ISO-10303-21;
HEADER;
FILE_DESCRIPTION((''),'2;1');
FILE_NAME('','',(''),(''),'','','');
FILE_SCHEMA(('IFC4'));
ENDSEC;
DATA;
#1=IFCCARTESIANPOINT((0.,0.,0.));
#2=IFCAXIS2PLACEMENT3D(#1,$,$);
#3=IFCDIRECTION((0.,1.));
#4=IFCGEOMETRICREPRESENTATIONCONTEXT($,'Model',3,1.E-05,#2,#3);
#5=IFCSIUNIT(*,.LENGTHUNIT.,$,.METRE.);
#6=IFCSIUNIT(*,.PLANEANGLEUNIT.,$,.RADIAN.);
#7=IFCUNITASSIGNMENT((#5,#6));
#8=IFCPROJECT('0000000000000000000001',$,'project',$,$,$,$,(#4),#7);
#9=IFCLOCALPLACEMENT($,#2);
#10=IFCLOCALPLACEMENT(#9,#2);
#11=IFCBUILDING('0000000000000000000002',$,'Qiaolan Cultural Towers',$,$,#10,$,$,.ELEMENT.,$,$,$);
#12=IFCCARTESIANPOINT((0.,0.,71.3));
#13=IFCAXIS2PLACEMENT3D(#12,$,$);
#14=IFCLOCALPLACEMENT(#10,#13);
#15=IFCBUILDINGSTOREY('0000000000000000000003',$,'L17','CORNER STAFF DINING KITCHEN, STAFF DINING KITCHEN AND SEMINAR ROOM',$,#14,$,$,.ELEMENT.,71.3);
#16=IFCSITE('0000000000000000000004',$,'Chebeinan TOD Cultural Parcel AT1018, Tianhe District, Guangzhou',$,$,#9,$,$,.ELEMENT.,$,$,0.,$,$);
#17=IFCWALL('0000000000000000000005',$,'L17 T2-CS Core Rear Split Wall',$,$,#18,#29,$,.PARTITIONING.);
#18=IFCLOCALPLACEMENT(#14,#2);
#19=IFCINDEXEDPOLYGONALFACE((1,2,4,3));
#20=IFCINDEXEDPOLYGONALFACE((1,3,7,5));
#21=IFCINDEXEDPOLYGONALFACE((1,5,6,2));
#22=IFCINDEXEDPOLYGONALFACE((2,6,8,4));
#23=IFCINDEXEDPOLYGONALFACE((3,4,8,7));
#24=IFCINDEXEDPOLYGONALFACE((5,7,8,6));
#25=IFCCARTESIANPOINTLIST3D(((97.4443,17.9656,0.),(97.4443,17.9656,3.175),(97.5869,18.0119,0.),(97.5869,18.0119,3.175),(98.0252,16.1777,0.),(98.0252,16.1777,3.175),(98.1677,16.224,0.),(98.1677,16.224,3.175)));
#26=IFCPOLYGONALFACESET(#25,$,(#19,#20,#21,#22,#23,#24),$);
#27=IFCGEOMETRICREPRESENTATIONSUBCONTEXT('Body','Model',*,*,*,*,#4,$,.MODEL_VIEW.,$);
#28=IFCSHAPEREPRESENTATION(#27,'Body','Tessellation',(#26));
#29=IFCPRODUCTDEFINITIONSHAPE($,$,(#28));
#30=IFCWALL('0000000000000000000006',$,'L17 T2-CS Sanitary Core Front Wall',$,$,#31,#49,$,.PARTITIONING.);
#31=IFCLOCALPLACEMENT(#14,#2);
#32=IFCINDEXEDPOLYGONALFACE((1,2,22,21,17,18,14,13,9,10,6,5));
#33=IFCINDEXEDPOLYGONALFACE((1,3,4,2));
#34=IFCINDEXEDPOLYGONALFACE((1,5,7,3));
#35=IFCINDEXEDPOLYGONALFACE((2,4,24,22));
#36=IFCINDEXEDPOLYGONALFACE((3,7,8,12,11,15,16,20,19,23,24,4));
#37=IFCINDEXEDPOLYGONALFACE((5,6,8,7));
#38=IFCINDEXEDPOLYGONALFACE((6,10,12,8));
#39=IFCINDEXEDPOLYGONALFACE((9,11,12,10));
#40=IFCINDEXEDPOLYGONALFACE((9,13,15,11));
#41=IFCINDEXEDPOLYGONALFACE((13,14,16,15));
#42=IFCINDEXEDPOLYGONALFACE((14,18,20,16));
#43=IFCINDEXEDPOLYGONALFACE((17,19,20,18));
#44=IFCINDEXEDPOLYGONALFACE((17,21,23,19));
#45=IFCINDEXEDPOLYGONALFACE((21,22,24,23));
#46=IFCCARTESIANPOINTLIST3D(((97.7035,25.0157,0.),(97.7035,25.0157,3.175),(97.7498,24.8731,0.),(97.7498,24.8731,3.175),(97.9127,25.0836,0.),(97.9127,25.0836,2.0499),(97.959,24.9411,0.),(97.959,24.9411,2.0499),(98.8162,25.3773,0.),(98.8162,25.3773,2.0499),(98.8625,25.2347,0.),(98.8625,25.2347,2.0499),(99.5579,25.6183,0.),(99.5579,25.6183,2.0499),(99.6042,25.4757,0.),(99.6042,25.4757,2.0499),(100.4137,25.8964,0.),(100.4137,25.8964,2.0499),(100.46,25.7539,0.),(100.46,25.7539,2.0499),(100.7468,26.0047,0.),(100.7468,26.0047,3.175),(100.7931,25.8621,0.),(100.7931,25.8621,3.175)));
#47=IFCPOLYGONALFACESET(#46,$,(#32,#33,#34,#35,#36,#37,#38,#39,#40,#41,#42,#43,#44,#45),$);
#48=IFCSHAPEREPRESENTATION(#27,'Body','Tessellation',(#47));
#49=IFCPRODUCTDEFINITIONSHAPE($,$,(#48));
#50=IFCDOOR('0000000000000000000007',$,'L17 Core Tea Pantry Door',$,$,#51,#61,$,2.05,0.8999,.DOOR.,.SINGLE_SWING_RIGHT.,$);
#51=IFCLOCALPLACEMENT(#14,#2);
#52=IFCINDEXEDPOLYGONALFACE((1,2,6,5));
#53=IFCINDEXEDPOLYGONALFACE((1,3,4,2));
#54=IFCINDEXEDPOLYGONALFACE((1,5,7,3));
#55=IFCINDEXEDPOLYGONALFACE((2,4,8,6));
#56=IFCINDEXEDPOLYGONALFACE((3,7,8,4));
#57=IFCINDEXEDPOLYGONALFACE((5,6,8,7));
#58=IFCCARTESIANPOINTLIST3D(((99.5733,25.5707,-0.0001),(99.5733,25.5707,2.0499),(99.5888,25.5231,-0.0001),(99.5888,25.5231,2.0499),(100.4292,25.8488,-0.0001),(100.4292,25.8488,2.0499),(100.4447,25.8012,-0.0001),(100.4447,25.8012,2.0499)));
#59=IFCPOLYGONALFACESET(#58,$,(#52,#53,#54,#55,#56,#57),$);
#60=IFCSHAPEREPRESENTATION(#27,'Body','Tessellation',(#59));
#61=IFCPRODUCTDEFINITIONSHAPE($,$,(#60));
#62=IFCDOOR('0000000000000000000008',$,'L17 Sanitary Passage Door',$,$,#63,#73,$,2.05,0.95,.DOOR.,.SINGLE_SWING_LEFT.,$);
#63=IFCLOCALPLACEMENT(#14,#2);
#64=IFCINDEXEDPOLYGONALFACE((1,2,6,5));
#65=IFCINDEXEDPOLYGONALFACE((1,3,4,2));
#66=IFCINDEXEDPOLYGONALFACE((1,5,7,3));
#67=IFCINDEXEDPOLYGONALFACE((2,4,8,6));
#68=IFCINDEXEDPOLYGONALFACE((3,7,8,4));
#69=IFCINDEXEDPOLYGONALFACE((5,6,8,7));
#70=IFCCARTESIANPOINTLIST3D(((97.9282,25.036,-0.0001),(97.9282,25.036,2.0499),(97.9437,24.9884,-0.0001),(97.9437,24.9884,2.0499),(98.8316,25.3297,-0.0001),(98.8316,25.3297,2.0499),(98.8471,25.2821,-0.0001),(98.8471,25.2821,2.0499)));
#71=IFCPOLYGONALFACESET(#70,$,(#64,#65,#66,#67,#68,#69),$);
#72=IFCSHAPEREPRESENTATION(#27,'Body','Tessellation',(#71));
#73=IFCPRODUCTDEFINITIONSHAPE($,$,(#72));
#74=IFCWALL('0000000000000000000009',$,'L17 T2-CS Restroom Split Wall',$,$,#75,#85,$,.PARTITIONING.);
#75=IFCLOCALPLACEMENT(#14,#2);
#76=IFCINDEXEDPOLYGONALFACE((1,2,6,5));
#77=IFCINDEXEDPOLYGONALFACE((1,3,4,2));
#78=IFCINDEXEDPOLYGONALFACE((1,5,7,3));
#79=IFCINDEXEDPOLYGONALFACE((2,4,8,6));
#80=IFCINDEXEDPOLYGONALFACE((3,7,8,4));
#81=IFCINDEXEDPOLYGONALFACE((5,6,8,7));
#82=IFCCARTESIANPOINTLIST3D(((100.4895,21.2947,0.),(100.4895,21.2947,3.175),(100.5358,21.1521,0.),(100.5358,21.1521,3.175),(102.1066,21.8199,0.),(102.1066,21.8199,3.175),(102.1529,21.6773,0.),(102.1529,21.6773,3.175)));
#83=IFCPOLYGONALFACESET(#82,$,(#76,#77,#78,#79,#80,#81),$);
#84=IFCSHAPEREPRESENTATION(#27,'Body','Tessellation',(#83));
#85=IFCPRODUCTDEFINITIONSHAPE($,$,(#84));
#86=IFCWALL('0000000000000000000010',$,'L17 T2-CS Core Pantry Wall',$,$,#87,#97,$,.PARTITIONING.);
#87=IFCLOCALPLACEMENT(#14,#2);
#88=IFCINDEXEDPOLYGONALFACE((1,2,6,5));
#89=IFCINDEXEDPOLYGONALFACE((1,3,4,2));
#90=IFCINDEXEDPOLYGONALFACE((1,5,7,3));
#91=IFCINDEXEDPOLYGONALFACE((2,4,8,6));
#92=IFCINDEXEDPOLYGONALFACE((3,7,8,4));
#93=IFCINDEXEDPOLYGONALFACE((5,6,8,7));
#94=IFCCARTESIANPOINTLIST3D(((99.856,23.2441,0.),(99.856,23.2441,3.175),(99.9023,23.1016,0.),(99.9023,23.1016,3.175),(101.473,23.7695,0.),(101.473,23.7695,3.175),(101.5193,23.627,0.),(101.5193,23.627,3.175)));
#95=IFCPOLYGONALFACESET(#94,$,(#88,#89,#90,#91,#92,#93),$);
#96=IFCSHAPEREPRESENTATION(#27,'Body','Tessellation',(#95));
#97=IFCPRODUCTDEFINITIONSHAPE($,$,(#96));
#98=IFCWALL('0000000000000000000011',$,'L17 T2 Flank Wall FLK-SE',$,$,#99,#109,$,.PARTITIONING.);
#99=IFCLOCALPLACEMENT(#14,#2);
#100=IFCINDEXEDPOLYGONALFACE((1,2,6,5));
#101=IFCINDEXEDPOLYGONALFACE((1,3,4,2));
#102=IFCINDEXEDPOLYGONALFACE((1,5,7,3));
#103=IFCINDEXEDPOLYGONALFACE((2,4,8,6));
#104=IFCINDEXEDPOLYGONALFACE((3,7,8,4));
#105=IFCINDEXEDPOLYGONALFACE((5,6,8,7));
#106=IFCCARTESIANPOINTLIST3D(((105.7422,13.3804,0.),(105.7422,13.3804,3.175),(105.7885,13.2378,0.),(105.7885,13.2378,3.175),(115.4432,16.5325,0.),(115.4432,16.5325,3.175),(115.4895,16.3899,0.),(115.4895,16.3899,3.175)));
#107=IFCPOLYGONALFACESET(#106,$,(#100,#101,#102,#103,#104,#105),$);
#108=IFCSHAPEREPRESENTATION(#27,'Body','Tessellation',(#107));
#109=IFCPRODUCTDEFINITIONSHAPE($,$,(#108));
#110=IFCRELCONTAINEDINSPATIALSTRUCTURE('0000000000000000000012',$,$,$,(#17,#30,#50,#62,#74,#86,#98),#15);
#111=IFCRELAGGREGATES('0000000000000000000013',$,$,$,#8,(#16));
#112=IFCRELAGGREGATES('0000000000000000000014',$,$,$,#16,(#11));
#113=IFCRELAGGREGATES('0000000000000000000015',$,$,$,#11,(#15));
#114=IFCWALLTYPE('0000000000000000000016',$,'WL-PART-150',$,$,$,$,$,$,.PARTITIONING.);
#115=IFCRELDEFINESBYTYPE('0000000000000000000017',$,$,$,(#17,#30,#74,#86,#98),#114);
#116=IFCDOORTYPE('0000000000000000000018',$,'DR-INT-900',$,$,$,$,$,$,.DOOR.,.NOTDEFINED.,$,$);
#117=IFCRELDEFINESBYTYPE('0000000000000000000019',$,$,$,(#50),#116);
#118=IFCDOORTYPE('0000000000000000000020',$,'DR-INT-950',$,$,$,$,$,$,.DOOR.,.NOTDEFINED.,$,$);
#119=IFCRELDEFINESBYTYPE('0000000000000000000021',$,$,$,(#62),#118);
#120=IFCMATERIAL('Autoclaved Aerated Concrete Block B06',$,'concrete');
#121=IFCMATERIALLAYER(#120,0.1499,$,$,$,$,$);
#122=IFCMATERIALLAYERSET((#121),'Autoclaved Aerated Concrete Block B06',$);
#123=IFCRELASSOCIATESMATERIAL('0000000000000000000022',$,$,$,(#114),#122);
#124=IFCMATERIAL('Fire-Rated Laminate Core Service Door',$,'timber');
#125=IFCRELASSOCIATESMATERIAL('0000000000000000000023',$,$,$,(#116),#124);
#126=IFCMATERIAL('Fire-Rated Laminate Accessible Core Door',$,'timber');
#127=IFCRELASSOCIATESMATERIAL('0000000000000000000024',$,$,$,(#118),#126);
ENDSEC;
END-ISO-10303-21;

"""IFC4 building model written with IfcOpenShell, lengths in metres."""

from ifc_helpers import new_model, si_unit, direction, frame, frame_2d, origin, place, context, subcontext, project, spatial, rectangle, extrude, material, layer, layer_set, type_object, element, fill, save


model = new_model("IFC4")

# Units and contexts
model_context = context("Model", 3, precision=1e-05, world=origin(), true_north=direction((0.0, 1.0)))
body_context = subcontext(model_context, "Body", "Model", "MODEL_VIEW")
ifc_project = project(units=[si_unit("LENGTHUNIT", "METRE"), si_unit("PLANEANGLEUNIT", "RADIAN")], contexts=[model_context])

# Site, building, storey
site_placement = place(None, origin())
site = spatial("IfcSite", under=ifc_project, at=site_placement, Name="Chebeinan TOD Cultural Parcel AT1018, Tianhe District, Guangzhou", CompositionType="ELEMENT", RefElevation=0.0)
building_placement = place(site_placement, origin())
building = spatial("IfcBuilding", under=site, at=building_placement, Name="Qiaolan Cultural Towers", CompositionType="ELEMENT")
storey_placement = place(building_placement, frame((0.0, 0.0, 71.3)))
storey = spatial("IfcBuildingStorey", under=building, at=storey_placement, Name="L17", Description="CORNER STAFF DINING KITCHEN, STAFF DINING KITCHEN AND SEMINAR ROOM", CompositionType="ELEMENT", Elevation=71.3)

# Shared definitions
ifc_material_1 = material(Name="Autoclaved Aerated Concrete Block B06", Category="concrete")
ifc_layer_1 = layer(ifc_material_1, 0.1499)
ifc_layer_set_1 = layer_set([ifc_layer_1], Name="Autoclaved Aerated Concrete Block B06")
wall_type_1 = type_object("IfcWallType", Name="WL-PART-150", PredefinedType="PARTITIONING", material=ifc_layer_set_1)

# Wall
wall_1_placement = place(storey_placement, frame((97.5156, 17.9888, 0.0), z_axis=(0.0, 0.0, 1.0), x_axis=(0.308972, -0.951071, 0.0)))
element("IfcWall", 1, at=wall_1_placement, inside=storey, type_object=wall_type_1, Name="L17 T2-CS Core Rear Split Wall", PredefinedType="PARTITIONING", context=body_context, shape_type="SweptSolid", body=[
    extrude(rectangle(XDim=1.8799, YDim=0.1499, at=frame_2d((0.9399, 0.0))), origin(), (0.0, 0.0, 1.0), 3.175),
])

# Wall, openings, doors
wall_2_placement = place(storey_placement, frame((97.7266, 24.9443, 0.0), z_axis=(0.0, 0.0, 1.0), x_axis=(0.951037, 0.309077, 0.0)))
wall_2 = element("IfcWall", 2, at=wall_2_placement, inside=storey, type_object=wall_type_1, Name="L17 T2-CS Sanitary Core Front Wall", PredefinedType="PARTITIONING", context=body_context, shape_type="SweptSolid", body=[
    extrude(rectangle(XDim=3.2, YDim=0.1499, at=frame_2d((1.6001, 0.0))), origin(), (0.0, 0.0, 1.0), 3.175),
])
opening_1_placement = place(wall_2_placement, frame((0.22, 0.0, 0.0)))
opening_1 = element("IfcOpeningElement", 3, at=opening_1_placement, cuts=wall_2, PredefinedType="OPENING", context=body_context, shape_type="SweptSolid", body=[
    extrude(rectangle(XDim=0.95, YDim=2.05, at=frame_2d((0.4751, 1.0249))), frame((0.0, 0.085, 0.0), z_axis=(0.0, -1.0, 0.0), x_axis=(1.0, 0.0, 0.0)), (0.0, 0.0, 1.0), 0.1699),
])
opening_2_placement = place(wall_2_placement, frame((1.95, 0.0, 0.0)))
opening_2 = element("IfcOpeningElement", 4, at=opening_2_placement, cuts=wall_2, PredefinedType="OPENING", context=body_context, shape_type="SweptSolid", body=[
    extrude(rectangle(XDim=0.8999, YDim=2.05, at=frame_2d((0.45, 1.0249))), frame((0.0, 0.085, 0.0), z_axis=(0.0, -1.0, 0.0), x_axis=(1.0, 0.0, 0.0)), (0.0, 0.0, 1.0), 0.1699),
])
ifc_material_2 = material(Name="Fire-Rated Laminate Core Service Door", Category="timber")
door_type_1 = type_object("IfcDoorType", Name="DR-INT-900", OperationType="NOTDEFINED", PredefinedType="DOOR", material=ifc_material_2)
door_1_placement = place(opening_2_placement, origin())
door_1 = element("IfcDoor", 5, at=door_1_placement, inside=storey, type_object=door_type_1, Name="L17 Core Tea Pantry Door", OperationType="SINGLE_SWING_RIGHT", OverallHeight=2.05, OverallWidth=0.8999, PredefinedType="DOOR", context=body_context, shape_type="SweptSolid", body=[
    extrude(rectangle(XDim=0.8999, YDim=2.05, at=frame_2d((0.45, 1.0249))), frame((0.0, 0.0249, 0.0), z_axis=(0.0, -1.0, 0.0), x_axis=(1.0, 0.0, 0.0)), (0.0, 0.0, 1.0), 0.05),
])
fill(opening_2, door_1)
ifc_material_3 = material(Name="Fire-Rated Laminate Accessible Core Door", Category="timber")
door_type_2 = type_object("IfcDoorType", Name="DR-INT-950", OperationType="NOTDEFINED", PredefinedType="DOOR", material=ifc_material_3)
door_2_placement = place(opening_1_placement, origin())
door_2 = element("IfcDoor", 6, at=door_2_placement, inside=storey, type_object=door_type_2, Name="L17 Sanitary Passage Door", OperationType="SINGLE_SWING_LEFT", OverallHeight=2.05, OverallWidth=0.95, PredefinedType="DOOR", context=body_context, shape_type="SweptSolid", body=[
    extrude(rectangle(XDim=0.95, YDim=2.05, at=frame_2d((0.4751, 1.0249))), frame((0.0, 0.0249, 0.0), z_axis=(0.0, -1.0, 0.0), x_axis=(1.0, 0.0, 0.0)), (0.0, 0.0, 1.0), 0.05),
])
fill(opening_1, door_2)

# Walls
for number, where, z_axis, x_axis, name in (
    (7, (100.5127, 21.2234, 0.0), (0.0, 0.0, 1.0), (0.951096, 0.308894, 0.0), "L17 T2-CS Restroom Split Wall"),
    (8, (99.8792, 23.1729, 0.0), (0.0, 0.0, 1.0), (0.951054, 0.309024, 0.0), "L17 T2-CS Core Pantry Wall"),
):
    element("IfcWall", number, at=place(storey_placement, frame(where, z_axis=z_axis, x_axis=x_axis)), inside=storey, type_object=wall_type_1, Name=name, PredefinedType="PARTITIONING", context=body_context, shape_type="SweptSolid", body=[
        extrude(rectangle(XDim=1.7002, YDim=0.1499, at=frame_2d((0.8501, 0.0))), origin(), (0.0, 0.0, 1.0), 3.175),
    ])
wall_3_placement = place(storey_placement, frame((105.7654, 13.3091, 0.0), z_axis=(0.0, 0.0, 1.0), x_axis=(0.951054, 0.309024, 0.0)))
element("IfcWall", 9, at=wall_3_placement, inside=storey, type_object=wall_type_1, Name="L17 T2 Flank Wall FLK-SE", PredefinedType="PARTITIONING", context=body_context, shape_type="SweptSolid", body=[
    extrude(rectangle(XDim=10.2002, YDim=0.1499, at=frame_2d((5.1001, 0.0))), origin(), (0.0, 0.0, 1.0), 3.175),
])

save(model, "model.ifc")
